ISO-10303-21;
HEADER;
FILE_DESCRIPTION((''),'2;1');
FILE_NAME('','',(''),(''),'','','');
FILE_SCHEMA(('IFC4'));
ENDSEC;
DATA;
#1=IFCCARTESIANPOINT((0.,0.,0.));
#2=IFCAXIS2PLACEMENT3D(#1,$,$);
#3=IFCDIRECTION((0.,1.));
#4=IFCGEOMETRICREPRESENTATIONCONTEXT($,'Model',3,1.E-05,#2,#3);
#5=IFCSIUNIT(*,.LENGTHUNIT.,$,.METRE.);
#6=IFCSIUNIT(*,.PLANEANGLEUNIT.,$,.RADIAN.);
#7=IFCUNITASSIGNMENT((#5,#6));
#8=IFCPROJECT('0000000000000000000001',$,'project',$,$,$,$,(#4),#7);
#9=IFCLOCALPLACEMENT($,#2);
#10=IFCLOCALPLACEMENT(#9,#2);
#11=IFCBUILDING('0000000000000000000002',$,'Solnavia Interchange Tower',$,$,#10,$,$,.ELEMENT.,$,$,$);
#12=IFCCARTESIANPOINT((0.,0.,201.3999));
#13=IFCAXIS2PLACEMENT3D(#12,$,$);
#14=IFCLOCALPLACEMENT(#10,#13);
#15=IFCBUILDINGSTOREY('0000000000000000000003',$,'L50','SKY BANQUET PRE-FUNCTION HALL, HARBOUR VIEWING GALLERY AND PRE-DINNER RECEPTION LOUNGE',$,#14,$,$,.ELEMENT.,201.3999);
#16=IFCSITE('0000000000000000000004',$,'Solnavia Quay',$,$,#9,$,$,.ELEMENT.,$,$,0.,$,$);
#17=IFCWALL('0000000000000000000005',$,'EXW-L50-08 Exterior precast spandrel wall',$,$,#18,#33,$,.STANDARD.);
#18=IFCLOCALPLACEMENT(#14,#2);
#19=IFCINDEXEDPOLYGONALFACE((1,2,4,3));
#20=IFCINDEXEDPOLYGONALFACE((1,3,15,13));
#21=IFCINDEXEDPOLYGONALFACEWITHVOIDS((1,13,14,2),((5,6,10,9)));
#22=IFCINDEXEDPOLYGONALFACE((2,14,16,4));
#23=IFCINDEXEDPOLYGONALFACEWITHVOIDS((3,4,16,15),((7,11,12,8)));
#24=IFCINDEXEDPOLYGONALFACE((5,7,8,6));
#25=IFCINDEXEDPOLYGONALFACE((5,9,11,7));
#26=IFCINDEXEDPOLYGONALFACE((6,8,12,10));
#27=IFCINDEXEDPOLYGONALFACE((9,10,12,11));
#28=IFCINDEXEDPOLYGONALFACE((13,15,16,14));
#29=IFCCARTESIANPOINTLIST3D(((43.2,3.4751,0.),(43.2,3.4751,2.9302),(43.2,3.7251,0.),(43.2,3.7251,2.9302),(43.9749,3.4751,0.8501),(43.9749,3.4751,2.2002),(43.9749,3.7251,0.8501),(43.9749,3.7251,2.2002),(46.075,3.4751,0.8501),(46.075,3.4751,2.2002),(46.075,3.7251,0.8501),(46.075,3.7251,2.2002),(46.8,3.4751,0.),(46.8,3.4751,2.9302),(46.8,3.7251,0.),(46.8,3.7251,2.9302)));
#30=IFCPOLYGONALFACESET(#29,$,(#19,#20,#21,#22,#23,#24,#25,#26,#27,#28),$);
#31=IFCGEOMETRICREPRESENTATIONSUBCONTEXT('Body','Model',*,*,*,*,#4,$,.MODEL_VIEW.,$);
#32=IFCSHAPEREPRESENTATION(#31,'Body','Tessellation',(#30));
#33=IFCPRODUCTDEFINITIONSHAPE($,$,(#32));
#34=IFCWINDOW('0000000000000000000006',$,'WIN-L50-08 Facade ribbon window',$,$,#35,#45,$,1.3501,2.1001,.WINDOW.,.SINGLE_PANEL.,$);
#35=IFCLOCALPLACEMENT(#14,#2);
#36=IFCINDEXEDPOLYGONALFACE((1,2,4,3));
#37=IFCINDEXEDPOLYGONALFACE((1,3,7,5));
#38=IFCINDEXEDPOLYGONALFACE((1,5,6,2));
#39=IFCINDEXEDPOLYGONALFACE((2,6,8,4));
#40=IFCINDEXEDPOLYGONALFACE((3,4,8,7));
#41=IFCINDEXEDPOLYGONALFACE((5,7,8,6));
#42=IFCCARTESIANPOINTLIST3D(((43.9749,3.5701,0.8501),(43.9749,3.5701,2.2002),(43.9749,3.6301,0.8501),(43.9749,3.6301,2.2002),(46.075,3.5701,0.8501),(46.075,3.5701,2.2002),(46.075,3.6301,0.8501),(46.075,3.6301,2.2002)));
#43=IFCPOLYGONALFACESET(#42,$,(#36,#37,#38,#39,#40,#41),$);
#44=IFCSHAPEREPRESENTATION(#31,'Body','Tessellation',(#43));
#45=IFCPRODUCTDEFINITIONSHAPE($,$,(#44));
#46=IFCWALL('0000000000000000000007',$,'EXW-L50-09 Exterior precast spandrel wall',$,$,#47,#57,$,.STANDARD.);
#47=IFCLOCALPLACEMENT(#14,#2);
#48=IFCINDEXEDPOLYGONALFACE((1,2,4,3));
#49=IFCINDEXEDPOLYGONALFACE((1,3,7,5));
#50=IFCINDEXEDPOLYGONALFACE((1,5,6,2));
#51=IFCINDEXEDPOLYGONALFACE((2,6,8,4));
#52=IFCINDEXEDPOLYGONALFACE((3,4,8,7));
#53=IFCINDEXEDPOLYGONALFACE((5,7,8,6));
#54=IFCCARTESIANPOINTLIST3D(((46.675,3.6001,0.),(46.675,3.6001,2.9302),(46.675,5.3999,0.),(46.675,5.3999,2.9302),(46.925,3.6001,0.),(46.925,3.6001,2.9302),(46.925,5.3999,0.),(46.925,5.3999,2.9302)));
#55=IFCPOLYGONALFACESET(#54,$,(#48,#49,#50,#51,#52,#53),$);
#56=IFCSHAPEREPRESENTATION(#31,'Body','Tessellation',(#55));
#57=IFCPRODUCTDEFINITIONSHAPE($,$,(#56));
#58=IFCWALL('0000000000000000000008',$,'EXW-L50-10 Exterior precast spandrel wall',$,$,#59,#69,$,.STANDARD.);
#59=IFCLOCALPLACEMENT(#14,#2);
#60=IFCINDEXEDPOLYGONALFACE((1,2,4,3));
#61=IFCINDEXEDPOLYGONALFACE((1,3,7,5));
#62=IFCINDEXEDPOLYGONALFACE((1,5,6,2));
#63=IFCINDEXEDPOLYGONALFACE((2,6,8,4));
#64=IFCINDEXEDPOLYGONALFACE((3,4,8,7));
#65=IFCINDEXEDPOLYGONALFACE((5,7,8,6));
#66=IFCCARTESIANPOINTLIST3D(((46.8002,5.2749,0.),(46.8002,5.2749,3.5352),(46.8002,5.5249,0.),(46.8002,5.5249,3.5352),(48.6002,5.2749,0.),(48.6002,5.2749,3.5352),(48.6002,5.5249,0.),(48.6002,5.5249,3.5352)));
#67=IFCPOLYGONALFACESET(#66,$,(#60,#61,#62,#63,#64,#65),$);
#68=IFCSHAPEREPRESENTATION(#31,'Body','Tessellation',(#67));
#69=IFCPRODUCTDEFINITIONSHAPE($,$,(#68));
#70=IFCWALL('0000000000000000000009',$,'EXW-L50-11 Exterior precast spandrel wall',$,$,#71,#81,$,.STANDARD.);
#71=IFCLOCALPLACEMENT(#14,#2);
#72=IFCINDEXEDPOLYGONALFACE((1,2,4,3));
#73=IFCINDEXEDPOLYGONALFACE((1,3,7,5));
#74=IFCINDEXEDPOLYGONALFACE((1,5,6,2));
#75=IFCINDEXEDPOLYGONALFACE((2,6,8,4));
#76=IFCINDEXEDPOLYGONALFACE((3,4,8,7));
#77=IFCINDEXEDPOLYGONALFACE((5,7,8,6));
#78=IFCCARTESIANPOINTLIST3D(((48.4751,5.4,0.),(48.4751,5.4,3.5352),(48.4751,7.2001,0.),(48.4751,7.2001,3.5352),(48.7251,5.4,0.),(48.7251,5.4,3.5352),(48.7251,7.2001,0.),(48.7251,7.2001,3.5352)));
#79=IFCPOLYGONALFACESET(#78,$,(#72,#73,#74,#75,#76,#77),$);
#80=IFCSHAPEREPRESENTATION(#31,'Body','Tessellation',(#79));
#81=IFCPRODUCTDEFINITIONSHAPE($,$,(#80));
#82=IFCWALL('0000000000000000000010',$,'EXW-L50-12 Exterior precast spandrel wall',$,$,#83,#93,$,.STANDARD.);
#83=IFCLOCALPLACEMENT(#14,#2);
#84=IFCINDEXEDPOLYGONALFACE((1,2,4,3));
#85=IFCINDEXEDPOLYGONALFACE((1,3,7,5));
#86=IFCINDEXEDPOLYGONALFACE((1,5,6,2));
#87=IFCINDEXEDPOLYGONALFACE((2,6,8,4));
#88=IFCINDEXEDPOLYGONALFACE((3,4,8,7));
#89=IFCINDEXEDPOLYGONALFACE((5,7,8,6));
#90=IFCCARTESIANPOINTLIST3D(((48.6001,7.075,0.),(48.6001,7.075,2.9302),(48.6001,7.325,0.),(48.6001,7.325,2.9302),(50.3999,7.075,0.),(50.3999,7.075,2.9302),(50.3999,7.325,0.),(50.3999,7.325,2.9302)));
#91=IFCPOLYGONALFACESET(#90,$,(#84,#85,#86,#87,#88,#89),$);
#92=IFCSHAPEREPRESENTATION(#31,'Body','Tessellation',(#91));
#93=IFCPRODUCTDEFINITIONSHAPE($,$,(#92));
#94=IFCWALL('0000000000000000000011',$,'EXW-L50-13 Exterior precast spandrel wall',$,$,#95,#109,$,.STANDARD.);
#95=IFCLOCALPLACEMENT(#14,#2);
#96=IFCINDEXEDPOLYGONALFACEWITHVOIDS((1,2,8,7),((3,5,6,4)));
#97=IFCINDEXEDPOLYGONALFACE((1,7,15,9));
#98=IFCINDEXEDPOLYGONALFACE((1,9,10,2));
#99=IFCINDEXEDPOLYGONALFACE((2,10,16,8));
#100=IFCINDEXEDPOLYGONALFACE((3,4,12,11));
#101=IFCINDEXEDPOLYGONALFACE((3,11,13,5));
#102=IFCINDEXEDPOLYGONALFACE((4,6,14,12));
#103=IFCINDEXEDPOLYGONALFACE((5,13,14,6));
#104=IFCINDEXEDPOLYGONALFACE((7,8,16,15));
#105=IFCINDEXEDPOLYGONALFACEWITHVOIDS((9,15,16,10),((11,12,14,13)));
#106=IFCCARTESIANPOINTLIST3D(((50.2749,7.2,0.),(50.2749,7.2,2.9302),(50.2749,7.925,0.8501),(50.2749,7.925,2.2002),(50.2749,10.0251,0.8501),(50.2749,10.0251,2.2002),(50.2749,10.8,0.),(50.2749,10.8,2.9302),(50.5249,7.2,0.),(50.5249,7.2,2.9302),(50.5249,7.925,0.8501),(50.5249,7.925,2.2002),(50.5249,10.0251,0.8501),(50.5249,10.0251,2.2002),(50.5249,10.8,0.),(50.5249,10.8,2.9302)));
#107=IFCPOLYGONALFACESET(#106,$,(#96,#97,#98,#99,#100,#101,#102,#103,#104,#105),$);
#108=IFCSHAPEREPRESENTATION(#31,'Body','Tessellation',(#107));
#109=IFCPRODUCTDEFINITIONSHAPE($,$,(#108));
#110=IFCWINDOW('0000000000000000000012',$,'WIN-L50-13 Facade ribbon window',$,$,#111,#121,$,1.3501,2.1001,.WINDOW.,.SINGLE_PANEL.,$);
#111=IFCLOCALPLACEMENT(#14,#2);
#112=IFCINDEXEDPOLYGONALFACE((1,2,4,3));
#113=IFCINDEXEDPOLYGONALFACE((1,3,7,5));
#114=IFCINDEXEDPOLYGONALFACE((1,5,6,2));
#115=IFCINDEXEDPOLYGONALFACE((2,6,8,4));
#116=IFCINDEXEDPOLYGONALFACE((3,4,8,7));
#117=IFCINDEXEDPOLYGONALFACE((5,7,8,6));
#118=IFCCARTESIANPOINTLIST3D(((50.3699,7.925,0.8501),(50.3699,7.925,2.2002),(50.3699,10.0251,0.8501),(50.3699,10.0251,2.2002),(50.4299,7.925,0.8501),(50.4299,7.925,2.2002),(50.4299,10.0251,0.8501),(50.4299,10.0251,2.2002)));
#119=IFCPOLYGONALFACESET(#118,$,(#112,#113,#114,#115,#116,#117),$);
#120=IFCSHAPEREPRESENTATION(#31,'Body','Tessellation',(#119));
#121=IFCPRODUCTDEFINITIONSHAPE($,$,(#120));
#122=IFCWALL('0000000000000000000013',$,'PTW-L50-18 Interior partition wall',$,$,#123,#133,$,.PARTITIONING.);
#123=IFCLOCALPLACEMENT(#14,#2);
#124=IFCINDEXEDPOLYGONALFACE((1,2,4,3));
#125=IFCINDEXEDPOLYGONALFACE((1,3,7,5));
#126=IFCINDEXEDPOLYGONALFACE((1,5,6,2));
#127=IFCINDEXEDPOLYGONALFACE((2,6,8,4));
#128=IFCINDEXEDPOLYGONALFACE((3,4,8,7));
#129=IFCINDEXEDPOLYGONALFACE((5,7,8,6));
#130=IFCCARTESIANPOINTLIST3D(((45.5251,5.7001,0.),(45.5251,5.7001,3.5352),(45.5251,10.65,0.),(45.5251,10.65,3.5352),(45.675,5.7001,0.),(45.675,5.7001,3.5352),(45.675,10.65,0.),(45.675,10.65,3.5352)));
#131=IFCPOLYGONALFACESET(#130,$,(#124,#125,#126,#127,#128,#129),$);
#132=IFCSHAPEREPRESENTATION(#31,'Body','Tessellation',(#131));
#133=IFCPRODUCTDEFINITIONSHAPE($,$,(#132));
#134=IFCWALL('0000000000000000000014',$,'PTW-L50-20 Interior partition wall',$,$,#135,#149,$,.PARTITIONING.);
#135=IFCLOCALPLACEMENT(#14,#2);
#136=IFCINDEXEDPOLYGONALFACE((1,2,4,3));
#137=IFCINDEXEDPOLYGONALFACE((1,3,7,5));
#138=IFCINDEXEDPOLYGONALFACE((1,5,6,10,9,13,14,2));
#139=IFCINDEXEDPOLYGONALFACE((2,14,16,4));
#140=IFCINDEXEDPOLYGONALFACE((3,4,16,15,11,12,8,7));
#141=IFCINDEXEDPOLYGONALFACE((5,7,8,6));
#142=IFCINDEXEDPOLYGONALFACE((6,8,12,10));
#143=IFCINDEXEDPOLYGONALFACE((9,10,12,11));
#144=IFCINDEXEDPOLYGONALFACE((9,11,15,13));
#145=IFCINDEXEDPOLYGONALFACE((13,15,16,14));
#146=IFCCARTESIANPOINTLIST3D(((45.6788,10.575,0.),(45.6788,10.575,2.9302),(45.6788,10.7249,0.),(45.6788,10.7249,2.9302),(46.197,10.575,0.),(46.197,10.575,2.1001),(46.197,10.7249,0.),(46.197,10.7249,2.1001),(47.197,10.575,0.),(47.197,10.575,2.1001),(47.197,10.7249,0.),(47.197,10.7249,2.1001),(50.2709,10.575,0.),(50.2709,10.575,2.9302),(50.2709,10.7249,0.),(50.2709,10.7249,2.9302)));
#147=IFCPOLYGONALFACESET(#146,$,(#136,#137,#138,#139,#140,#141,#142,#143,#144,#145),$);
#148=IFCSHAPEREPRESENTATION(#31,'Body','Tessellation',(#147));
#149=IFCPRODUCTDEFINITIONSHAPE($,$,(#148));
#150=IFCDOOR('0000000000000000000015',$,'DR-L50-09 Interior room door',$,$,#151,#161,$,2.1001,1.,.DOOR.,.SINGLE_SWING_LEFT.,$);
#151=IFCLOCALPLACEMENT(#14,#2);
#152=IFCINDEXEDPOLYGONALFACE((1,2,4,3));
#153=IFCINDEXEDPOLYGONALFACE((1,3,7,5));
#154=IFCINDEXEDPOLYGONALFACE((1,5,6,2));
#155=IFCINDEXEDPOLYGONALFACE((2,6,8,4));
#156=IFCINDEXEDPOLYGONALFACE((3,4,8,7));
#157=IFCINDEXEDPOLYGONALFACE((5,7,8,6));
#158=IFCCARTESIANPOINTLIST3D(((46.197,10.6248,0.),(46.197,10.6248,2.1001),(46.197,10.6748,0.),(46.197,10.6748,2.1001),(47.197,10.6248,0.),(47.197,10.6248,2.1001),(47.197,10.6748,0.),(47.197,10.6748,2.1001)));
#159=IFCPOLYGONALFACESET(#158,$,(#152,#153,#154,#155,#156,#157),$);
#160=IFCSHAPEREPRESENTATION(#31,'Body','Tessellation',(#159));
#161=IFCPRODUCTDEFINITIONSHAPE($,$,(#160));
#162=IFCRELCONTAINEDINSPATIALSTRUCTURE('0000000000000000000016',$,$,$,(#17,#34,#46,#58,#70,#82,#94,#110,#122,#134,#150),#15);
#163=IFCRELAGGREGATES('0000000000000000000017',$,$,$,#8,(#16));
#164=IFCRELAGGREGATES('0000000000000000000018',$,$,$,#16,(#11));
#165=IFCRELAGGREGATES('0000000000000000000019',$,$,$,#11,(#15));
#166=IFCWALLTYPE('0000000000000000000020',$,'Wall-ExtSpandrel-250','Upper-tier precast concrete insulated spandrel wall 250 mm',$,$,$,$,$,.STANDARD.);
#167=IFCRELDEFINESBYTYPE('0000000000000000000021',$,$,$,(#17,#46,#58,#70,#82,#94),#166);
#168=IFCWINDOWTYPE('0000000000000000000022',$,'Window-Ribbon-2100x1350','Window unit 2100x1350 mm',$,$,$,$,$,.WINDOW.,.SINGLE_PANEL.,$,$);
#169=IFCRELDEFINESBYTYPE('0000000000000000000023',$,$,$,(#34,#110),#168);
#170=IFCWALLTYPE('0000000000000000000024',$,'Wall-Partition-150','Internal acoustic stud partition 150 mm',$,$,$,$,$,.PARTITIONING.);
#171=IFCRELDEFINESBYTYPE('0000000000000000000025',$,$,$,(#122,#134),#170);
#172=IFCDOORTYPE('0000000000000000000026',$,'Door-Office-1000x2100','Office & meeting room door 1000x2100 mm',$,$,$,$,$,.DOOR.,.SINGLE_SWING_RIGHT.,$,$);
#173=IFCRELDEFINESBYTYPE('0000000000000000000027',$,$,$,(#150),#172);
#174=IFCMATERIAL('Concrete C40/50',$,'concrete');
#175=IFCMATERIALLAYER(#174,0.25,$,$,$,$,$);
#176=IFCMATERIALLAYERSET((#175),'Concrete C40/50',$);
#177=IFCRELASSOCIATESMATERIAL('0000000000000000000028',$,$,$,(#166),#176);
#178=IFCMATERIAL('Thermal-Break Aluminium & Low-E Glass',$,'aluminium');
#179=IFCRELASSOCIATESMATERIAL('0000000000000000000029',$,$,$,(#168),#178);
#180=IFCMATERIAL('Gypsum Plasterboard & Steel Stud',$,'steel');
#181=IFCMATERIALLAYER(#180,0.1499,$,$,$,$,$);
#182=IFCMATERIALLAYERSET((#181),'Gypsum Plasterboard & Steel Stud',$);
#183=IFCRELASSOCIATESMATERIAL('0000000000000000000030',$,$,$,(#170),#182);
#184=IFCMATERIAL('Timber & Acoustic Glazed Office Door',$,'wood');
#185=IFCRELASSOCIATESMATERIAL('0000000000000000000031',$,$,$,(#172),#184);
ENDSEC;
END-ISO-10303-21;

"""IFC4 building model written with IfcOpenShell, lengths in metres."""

from ifc_helpers import new_model, si_unit, direction, frame, frame_2d, origin, place, context, subcontext, project, spatial, rectangle, extrude, material, layer, layer_set, type_object, element, fill, save


model = new_model("IFC4")

# Units and contexts
model_context = context("Model", 3, precision=1e-05, world=origin(), true_north=direction((0.0, 1.0)))
body_context = subcontext(model_context, "Body", "Model", "MODEL_VIEW")
ifc_project = project(units=[si_unit("LENGTHUNIT", "METRE"), si_unit("PLANEANGLEUNIT", "RADIAN")], contexts=[model_context])

# Site, building, storey
site_placement = place(None, origin())
site = spatial("IfcSite", under=ifc_project, at=site_placement, Name="Solnavia Quay", CompositionType="ELEMENT", RefElevation=0.0)
building_placement = place(site_placement, origin())
building = spatial("IfcBuilding", under=site, at=building_placement, Name="Solnavia Interchange Tower", CompositionType="ELEMENT")
storey_placement = place(building_placement, frame((0.0, 0.0, 201.3999)))
storey = spatial("IfcBuildingStorey", under=building, at=storey_placement, Name="L50", Description="SKY BANQUET PRE-FUNCTION HALL, HARBOUR VIEWING GALLERY AND PRE-DINNER RECEPTION LOUNGE", CompositionType="ELEMENT", Elevation=201.3999)

# Wall, opening, window
ifc_material_1 = material(Name="Concrete C40/50", Category="concrete")
ifc_layer_1 = layer(ifc_material_1, 0.25)
ifc_layer_set_1 = layer_set([ifc_layer_1], Name="Concrete C40/50")
wall_type_1 = type_object("IfcWallType", Name="Wall-ExtSpandrel-250", Description="Upper-tier precast concrete insulated spandrel wall 250 mm", PredefinedType="STANDARD", material=ifc_layer_set_1)
ifc_material_2 = material(Name="Thermal-Break Aluminium & Low-E Glass", Category="aluminium")
window_type = type_object("IfcWindowType", Name="Window-Ribbon-2100x1350", Description="Window unit 2100x1350 mm", PartitioningType="SINGLE_PANEL", PredefinedType="WINDOW", material=ifc_material_2)
wall_1_placement = place(storey_placement, frame((46.8, 3.6001, 0.0), z_axis=(0.0, 0.0, 1.0), x_axis=(-1.0, 0.0, 0.0)))
wall_1 = element("IfcWall", 1, at=wall_1_placement, inside=storey, type_object=wall_type_1, Name="EXW-L50-08 Exterior precast spandrel wall", PredefinedType="STANDARD", context=body_context, shape_type="SweptSolid", body=[
    extrude(rectangle(XDim=3.6001, YDim=0.25, at=frame_2d((1.8, 0.0))), origin(), (0.0, 0.0, 1.0), 2.9302),
])
opening_1_placement = place(wall_1_placement, frame((0.7251, 0.0, 0.8501)))
opening_1 = element("IfcOpeningElement", 2, at=opening_1_placement, cuts=wall_1, PredefinedType="OPENING", context=body_context, shape_type="SweptSolid", body=[
    extrude(rectangle(XDim=2.1001, YDim=1.3501, at=frame_2d((1.05, 0.675))), frame((0.0, 0.135, 0.0), z_axis=(0.0, -1.0, 0.0), x_axis=(1.0, 0.0, 0.0)), (0.0, 0.0, 1.0), 0.27),
])
window_1_placement = place(opening_1_placement, origin())
window_1 = element("IfcWindow", 3, at=window_1_placement, inside=storey, type_object=window_type, Name="WIN-L50-08 Facade ribbon window", OverallHeight=1.3501, OverallWidth=2.1001, PartitioningType="SINGLE_PANEL", PredefinedType="WINDOW", context=body_context, shape_type="SweptSolid", body=[
    extrude(rectangle(XDim=2.1001, YDim=1.3501, at=frame_2d((1.05, 0.675))), frame((0.0, 0.03, 0.0), z_axis=(0.0, -1.0, 0.0), x_axis=(1.0, 0.0, 0.0)), (0.0, 0.0, 1.0), 0.0601),
])
fill(opening_1, window_1)

# Walls
wall_2_placement = place(storey_placement, frame((46.8, 5.3999, 0.0), z_axis=(0.0, 0.0, 1.0), x_axis=(0.0, -1.0, 0.0)))
element("IfcWall", 4, at=wall_2_placement, inside=storey, type_object=wall_type_1, Name="EXW-L50-09 Exterior precast spandrel wall", PredefinedType="STANDARD", context=body_context, shape_type="SweptSolid", body=[
    extrude(rectangle(XDim=1.7998, YDim=0.25, at=frame_2d((0.8999, 0.0))), origin(), (0.0, 0.0, 1.0), 2.9302),
])
for number, where, z_axis, x_axis, name in (
    (5, (48.6001, 5.3999, 0.0), (0.0, 0.0, 1.0), (-1.0, 0.0, 0.0), "EXW-L50-10 Exterior precast spandrel wall"),
    (6, (48.6001, 7.2, 0.0), (0.0, 0.0, 1.0), (0.0, -1.0, 0.0), "EXW-L50-11 Exterior precast spandrel wall"),
):
    element("IfcWall", number, at=place(storey_placement, frame(where, z_axis=z_axis, x_axis=x_axis)), inside=storey, type_object=wall_type_1, Name=name, PredefinedType="STANDARD", context=body_context, shape_type="SweptSolid", body=[
        extrude(rectangle(XDim=1.8, YDim=0.25, at=frame_2d((0.8999, 0.0))), origin(), (0.0, 0.0, 1.0), 3.5352),
    ])
wall_3_placement = place(storey_placement, frame((50.3999, 7.2, 0.0), z_axis=(0.0, 0.0, 1.0), x_axis=(-1.0, 0.0, 0.0)))
element("IfcWall", 7, at=wall_3_placement, inside=storey, type_object=wall_type_1, Name="EXW-L50-12 Exterior precast spandrel wall", PredefinedType="STANDARD", context=body_context, shape_type="SweptSolid", body=[
    extrude(rectangle(XDim=1.7998, YDim=0.25, at=frame_2d((0.8999, 0.0))), origin(), (0.0, 0.0, 1.0), 2.9302),
])

# Wall, opening, window
wall_4_placement = place(storey_placement, frame((50.3999, 10.8, 0.0), z_axis=(0.0, 0.0, 1.0), x_axis=(0.0, -1.0, 0.0)))
wall_4 = element("IfcWall", 8, at=wall_4_placement, inside=storey, type_object=wall_type_1, Name="EXW-L50-13 Exterior precast spandrel wall", PredefinedType="STANDARD", context=body_context, shape_type="SweptSolid", body=[
    extrude(rectangle(XDim=3.6001, YDim=0.25, at=frame_2d((1.8, 0.0))), origin(), (0.0, 0.0, 1.0), 2.9302),
])
opening_2_placement = place(wall_4_placement, frame((0.7749, 0.0, 0.8501)))
opening_2 = element("IfcOpeningElement", 9, at=opening_2_placement, cuts=wall_4, PredefinedType="OPENING", context=body_context, shape_type="SweptSolid", body=[
    extrude(rectangle(XDim=2.1001, YDim=1.3501, at=frame_2d((1.05, 0.675))), frame((0.0, 0.135, 0.0), z_axis=(0.0, -1.0, 0.0), x_axis=(1.0, 0.0, 0.0)), (0.0, 0.0, 1.0), 0.27),
])
window_2_placement = place(opening_2_placement, origin())
window_2 = element("IfcWindow", 10, at=window_2_placement, inside=storey, type_object=window_type, Name="WIN-L50-13 Facade ribbon window", OverallHeight=1.3501, OverallWidth=2.1001, PartitioningType="SINGLE_PANEL", PredefinedType="WINDOW", context=body_context, shape_type="SweptSolid", body=[
    extrude(rectangle(XDim=2.1001, YDim=1.3501, at=frame_2d((1.05, 0.675))), frame((0.0, 0.03, 0.0), z_axis=(0.0, -1.0, 0.0), x_axis=(1.0, 0.0, 0.0)), (0.0, 0.0, 1.0), 0.0601),
])
fill(opening_2, window_2)

# Wall
ifc_material_3 = material(Name="Gypsum Plasterboard & Steel Stud", Category="steel")
ifc_layer_2 = layer(ifc_material_3, 0.1499)
ifc_layer_set_2 = layer_set([ifc_layer_2], Name="Gypsum Plasterboard & Steel Stud")
wall_type_2 = type_object("IfcWallType", Name="Wall-Partition-150", Description="Internal acoustic stud partition 150 mm", PredefinedType="PARTITIONING", material=ifc_layer_set_2)
wall_5_placement = place(storey_placement, frame((45.6001, 5.7, 0.0), z_axis=(0.0, 0.0, 1.0), x_axis=(0.0, 1.0, 0.0)))
element("IfcWall", 11, at=wall_5_placement, inside=storey, type_object=wall_type_2, Name="PTW-L50-18 Interior partition wall", PredefinedType="PARTITIONING", context=body_context, shape_type="SweptSolid", body=[
    extrude(rectangle(XDim=4.95, YDim=0.1499, at=frame_2d((2.4751, 0.0))), origin(), (0.0, 0.0, 1.0), 3.5352),
])

# Wall, opening, door
wall_6_placement = place(storey_placement, frame((45.679, 10.6499, 0.0), z_axis=(0.0, 0.0, 1.0), x_axis=(1.0, 0.0, 0.0)))
wall_6 = element("IfcWall", 12, at=wall_6_placement, inside=storey, type_object=wall_type_2, Name="PTW-L50-20 Interior partition wall", PredefinedType="PARTITIONING", context=body_context, shape_type="SweptSolid", body=[
    extrude(rectangle(XDim=4.592, YDim=0.1499, at=frame_2d((2.2959, 0.0))), origin(), (0.0, 0.0, 1.0), 2.9302),
])
opening_3_placement = place(wall_6_placement, frame((0.5181, 0.0, 0.0)))
opening_3 = element("IfcOpeningElement", 13, at=opening_3_placement, cuts=wall_6, PredefinedType="OPENING", context=body_context, shape_type="SweptSolid", body=[
    extrude(rectangle(XDim=1.0, YDim=2.1001, at=frame_2d((0.5, 1.05))), frame((0.0, 0.085, 0.0), z_axis=(0.0, -1.0, 0.0), x_axis=(1.0, 0.0, 0.0)), (0.0, 0.0, 1.0), 0.1699),
])
ifc_material_4 = material(Name="Timber & Acoustic Glazed Office Door", Category="wood")
door_type = type_object("IfcDoorType", Name="Door-Office-1000x2100", Description="Office & meeting room door 1000x2100 mm", OperationType="SINGLE_SWING_RIGHT", PredefinedType="DOOR", material=ifc_material_4)
door_placement = place(opening_3_placement, origin())
door = element("IfcDoor", 14, at=door_placement, inside=storey, type_object=door_type, Name="DR-L50-09 Interior room door", OperationType="SINGLE_SWING_LEFT", OverallHeight=2.1001, OverallWidth=1.0, PredefinedType="DOOR", context=body_context, shape_type="SweptSolid", body=[
    extrude(rectangle(XDim=1.0, YDim=2.1001, at=frame_2d((0.5, 1.05))), frame((0.0, 0.0249, 0.0), z_axis=(0.0, -1.0, 0.0), x_axis=(1.0, 0.0, 0.0)), (0.0, 0.0, 1.0), 0.05),
])
fill(opening_3, door)

save(model, "model.ifc")
